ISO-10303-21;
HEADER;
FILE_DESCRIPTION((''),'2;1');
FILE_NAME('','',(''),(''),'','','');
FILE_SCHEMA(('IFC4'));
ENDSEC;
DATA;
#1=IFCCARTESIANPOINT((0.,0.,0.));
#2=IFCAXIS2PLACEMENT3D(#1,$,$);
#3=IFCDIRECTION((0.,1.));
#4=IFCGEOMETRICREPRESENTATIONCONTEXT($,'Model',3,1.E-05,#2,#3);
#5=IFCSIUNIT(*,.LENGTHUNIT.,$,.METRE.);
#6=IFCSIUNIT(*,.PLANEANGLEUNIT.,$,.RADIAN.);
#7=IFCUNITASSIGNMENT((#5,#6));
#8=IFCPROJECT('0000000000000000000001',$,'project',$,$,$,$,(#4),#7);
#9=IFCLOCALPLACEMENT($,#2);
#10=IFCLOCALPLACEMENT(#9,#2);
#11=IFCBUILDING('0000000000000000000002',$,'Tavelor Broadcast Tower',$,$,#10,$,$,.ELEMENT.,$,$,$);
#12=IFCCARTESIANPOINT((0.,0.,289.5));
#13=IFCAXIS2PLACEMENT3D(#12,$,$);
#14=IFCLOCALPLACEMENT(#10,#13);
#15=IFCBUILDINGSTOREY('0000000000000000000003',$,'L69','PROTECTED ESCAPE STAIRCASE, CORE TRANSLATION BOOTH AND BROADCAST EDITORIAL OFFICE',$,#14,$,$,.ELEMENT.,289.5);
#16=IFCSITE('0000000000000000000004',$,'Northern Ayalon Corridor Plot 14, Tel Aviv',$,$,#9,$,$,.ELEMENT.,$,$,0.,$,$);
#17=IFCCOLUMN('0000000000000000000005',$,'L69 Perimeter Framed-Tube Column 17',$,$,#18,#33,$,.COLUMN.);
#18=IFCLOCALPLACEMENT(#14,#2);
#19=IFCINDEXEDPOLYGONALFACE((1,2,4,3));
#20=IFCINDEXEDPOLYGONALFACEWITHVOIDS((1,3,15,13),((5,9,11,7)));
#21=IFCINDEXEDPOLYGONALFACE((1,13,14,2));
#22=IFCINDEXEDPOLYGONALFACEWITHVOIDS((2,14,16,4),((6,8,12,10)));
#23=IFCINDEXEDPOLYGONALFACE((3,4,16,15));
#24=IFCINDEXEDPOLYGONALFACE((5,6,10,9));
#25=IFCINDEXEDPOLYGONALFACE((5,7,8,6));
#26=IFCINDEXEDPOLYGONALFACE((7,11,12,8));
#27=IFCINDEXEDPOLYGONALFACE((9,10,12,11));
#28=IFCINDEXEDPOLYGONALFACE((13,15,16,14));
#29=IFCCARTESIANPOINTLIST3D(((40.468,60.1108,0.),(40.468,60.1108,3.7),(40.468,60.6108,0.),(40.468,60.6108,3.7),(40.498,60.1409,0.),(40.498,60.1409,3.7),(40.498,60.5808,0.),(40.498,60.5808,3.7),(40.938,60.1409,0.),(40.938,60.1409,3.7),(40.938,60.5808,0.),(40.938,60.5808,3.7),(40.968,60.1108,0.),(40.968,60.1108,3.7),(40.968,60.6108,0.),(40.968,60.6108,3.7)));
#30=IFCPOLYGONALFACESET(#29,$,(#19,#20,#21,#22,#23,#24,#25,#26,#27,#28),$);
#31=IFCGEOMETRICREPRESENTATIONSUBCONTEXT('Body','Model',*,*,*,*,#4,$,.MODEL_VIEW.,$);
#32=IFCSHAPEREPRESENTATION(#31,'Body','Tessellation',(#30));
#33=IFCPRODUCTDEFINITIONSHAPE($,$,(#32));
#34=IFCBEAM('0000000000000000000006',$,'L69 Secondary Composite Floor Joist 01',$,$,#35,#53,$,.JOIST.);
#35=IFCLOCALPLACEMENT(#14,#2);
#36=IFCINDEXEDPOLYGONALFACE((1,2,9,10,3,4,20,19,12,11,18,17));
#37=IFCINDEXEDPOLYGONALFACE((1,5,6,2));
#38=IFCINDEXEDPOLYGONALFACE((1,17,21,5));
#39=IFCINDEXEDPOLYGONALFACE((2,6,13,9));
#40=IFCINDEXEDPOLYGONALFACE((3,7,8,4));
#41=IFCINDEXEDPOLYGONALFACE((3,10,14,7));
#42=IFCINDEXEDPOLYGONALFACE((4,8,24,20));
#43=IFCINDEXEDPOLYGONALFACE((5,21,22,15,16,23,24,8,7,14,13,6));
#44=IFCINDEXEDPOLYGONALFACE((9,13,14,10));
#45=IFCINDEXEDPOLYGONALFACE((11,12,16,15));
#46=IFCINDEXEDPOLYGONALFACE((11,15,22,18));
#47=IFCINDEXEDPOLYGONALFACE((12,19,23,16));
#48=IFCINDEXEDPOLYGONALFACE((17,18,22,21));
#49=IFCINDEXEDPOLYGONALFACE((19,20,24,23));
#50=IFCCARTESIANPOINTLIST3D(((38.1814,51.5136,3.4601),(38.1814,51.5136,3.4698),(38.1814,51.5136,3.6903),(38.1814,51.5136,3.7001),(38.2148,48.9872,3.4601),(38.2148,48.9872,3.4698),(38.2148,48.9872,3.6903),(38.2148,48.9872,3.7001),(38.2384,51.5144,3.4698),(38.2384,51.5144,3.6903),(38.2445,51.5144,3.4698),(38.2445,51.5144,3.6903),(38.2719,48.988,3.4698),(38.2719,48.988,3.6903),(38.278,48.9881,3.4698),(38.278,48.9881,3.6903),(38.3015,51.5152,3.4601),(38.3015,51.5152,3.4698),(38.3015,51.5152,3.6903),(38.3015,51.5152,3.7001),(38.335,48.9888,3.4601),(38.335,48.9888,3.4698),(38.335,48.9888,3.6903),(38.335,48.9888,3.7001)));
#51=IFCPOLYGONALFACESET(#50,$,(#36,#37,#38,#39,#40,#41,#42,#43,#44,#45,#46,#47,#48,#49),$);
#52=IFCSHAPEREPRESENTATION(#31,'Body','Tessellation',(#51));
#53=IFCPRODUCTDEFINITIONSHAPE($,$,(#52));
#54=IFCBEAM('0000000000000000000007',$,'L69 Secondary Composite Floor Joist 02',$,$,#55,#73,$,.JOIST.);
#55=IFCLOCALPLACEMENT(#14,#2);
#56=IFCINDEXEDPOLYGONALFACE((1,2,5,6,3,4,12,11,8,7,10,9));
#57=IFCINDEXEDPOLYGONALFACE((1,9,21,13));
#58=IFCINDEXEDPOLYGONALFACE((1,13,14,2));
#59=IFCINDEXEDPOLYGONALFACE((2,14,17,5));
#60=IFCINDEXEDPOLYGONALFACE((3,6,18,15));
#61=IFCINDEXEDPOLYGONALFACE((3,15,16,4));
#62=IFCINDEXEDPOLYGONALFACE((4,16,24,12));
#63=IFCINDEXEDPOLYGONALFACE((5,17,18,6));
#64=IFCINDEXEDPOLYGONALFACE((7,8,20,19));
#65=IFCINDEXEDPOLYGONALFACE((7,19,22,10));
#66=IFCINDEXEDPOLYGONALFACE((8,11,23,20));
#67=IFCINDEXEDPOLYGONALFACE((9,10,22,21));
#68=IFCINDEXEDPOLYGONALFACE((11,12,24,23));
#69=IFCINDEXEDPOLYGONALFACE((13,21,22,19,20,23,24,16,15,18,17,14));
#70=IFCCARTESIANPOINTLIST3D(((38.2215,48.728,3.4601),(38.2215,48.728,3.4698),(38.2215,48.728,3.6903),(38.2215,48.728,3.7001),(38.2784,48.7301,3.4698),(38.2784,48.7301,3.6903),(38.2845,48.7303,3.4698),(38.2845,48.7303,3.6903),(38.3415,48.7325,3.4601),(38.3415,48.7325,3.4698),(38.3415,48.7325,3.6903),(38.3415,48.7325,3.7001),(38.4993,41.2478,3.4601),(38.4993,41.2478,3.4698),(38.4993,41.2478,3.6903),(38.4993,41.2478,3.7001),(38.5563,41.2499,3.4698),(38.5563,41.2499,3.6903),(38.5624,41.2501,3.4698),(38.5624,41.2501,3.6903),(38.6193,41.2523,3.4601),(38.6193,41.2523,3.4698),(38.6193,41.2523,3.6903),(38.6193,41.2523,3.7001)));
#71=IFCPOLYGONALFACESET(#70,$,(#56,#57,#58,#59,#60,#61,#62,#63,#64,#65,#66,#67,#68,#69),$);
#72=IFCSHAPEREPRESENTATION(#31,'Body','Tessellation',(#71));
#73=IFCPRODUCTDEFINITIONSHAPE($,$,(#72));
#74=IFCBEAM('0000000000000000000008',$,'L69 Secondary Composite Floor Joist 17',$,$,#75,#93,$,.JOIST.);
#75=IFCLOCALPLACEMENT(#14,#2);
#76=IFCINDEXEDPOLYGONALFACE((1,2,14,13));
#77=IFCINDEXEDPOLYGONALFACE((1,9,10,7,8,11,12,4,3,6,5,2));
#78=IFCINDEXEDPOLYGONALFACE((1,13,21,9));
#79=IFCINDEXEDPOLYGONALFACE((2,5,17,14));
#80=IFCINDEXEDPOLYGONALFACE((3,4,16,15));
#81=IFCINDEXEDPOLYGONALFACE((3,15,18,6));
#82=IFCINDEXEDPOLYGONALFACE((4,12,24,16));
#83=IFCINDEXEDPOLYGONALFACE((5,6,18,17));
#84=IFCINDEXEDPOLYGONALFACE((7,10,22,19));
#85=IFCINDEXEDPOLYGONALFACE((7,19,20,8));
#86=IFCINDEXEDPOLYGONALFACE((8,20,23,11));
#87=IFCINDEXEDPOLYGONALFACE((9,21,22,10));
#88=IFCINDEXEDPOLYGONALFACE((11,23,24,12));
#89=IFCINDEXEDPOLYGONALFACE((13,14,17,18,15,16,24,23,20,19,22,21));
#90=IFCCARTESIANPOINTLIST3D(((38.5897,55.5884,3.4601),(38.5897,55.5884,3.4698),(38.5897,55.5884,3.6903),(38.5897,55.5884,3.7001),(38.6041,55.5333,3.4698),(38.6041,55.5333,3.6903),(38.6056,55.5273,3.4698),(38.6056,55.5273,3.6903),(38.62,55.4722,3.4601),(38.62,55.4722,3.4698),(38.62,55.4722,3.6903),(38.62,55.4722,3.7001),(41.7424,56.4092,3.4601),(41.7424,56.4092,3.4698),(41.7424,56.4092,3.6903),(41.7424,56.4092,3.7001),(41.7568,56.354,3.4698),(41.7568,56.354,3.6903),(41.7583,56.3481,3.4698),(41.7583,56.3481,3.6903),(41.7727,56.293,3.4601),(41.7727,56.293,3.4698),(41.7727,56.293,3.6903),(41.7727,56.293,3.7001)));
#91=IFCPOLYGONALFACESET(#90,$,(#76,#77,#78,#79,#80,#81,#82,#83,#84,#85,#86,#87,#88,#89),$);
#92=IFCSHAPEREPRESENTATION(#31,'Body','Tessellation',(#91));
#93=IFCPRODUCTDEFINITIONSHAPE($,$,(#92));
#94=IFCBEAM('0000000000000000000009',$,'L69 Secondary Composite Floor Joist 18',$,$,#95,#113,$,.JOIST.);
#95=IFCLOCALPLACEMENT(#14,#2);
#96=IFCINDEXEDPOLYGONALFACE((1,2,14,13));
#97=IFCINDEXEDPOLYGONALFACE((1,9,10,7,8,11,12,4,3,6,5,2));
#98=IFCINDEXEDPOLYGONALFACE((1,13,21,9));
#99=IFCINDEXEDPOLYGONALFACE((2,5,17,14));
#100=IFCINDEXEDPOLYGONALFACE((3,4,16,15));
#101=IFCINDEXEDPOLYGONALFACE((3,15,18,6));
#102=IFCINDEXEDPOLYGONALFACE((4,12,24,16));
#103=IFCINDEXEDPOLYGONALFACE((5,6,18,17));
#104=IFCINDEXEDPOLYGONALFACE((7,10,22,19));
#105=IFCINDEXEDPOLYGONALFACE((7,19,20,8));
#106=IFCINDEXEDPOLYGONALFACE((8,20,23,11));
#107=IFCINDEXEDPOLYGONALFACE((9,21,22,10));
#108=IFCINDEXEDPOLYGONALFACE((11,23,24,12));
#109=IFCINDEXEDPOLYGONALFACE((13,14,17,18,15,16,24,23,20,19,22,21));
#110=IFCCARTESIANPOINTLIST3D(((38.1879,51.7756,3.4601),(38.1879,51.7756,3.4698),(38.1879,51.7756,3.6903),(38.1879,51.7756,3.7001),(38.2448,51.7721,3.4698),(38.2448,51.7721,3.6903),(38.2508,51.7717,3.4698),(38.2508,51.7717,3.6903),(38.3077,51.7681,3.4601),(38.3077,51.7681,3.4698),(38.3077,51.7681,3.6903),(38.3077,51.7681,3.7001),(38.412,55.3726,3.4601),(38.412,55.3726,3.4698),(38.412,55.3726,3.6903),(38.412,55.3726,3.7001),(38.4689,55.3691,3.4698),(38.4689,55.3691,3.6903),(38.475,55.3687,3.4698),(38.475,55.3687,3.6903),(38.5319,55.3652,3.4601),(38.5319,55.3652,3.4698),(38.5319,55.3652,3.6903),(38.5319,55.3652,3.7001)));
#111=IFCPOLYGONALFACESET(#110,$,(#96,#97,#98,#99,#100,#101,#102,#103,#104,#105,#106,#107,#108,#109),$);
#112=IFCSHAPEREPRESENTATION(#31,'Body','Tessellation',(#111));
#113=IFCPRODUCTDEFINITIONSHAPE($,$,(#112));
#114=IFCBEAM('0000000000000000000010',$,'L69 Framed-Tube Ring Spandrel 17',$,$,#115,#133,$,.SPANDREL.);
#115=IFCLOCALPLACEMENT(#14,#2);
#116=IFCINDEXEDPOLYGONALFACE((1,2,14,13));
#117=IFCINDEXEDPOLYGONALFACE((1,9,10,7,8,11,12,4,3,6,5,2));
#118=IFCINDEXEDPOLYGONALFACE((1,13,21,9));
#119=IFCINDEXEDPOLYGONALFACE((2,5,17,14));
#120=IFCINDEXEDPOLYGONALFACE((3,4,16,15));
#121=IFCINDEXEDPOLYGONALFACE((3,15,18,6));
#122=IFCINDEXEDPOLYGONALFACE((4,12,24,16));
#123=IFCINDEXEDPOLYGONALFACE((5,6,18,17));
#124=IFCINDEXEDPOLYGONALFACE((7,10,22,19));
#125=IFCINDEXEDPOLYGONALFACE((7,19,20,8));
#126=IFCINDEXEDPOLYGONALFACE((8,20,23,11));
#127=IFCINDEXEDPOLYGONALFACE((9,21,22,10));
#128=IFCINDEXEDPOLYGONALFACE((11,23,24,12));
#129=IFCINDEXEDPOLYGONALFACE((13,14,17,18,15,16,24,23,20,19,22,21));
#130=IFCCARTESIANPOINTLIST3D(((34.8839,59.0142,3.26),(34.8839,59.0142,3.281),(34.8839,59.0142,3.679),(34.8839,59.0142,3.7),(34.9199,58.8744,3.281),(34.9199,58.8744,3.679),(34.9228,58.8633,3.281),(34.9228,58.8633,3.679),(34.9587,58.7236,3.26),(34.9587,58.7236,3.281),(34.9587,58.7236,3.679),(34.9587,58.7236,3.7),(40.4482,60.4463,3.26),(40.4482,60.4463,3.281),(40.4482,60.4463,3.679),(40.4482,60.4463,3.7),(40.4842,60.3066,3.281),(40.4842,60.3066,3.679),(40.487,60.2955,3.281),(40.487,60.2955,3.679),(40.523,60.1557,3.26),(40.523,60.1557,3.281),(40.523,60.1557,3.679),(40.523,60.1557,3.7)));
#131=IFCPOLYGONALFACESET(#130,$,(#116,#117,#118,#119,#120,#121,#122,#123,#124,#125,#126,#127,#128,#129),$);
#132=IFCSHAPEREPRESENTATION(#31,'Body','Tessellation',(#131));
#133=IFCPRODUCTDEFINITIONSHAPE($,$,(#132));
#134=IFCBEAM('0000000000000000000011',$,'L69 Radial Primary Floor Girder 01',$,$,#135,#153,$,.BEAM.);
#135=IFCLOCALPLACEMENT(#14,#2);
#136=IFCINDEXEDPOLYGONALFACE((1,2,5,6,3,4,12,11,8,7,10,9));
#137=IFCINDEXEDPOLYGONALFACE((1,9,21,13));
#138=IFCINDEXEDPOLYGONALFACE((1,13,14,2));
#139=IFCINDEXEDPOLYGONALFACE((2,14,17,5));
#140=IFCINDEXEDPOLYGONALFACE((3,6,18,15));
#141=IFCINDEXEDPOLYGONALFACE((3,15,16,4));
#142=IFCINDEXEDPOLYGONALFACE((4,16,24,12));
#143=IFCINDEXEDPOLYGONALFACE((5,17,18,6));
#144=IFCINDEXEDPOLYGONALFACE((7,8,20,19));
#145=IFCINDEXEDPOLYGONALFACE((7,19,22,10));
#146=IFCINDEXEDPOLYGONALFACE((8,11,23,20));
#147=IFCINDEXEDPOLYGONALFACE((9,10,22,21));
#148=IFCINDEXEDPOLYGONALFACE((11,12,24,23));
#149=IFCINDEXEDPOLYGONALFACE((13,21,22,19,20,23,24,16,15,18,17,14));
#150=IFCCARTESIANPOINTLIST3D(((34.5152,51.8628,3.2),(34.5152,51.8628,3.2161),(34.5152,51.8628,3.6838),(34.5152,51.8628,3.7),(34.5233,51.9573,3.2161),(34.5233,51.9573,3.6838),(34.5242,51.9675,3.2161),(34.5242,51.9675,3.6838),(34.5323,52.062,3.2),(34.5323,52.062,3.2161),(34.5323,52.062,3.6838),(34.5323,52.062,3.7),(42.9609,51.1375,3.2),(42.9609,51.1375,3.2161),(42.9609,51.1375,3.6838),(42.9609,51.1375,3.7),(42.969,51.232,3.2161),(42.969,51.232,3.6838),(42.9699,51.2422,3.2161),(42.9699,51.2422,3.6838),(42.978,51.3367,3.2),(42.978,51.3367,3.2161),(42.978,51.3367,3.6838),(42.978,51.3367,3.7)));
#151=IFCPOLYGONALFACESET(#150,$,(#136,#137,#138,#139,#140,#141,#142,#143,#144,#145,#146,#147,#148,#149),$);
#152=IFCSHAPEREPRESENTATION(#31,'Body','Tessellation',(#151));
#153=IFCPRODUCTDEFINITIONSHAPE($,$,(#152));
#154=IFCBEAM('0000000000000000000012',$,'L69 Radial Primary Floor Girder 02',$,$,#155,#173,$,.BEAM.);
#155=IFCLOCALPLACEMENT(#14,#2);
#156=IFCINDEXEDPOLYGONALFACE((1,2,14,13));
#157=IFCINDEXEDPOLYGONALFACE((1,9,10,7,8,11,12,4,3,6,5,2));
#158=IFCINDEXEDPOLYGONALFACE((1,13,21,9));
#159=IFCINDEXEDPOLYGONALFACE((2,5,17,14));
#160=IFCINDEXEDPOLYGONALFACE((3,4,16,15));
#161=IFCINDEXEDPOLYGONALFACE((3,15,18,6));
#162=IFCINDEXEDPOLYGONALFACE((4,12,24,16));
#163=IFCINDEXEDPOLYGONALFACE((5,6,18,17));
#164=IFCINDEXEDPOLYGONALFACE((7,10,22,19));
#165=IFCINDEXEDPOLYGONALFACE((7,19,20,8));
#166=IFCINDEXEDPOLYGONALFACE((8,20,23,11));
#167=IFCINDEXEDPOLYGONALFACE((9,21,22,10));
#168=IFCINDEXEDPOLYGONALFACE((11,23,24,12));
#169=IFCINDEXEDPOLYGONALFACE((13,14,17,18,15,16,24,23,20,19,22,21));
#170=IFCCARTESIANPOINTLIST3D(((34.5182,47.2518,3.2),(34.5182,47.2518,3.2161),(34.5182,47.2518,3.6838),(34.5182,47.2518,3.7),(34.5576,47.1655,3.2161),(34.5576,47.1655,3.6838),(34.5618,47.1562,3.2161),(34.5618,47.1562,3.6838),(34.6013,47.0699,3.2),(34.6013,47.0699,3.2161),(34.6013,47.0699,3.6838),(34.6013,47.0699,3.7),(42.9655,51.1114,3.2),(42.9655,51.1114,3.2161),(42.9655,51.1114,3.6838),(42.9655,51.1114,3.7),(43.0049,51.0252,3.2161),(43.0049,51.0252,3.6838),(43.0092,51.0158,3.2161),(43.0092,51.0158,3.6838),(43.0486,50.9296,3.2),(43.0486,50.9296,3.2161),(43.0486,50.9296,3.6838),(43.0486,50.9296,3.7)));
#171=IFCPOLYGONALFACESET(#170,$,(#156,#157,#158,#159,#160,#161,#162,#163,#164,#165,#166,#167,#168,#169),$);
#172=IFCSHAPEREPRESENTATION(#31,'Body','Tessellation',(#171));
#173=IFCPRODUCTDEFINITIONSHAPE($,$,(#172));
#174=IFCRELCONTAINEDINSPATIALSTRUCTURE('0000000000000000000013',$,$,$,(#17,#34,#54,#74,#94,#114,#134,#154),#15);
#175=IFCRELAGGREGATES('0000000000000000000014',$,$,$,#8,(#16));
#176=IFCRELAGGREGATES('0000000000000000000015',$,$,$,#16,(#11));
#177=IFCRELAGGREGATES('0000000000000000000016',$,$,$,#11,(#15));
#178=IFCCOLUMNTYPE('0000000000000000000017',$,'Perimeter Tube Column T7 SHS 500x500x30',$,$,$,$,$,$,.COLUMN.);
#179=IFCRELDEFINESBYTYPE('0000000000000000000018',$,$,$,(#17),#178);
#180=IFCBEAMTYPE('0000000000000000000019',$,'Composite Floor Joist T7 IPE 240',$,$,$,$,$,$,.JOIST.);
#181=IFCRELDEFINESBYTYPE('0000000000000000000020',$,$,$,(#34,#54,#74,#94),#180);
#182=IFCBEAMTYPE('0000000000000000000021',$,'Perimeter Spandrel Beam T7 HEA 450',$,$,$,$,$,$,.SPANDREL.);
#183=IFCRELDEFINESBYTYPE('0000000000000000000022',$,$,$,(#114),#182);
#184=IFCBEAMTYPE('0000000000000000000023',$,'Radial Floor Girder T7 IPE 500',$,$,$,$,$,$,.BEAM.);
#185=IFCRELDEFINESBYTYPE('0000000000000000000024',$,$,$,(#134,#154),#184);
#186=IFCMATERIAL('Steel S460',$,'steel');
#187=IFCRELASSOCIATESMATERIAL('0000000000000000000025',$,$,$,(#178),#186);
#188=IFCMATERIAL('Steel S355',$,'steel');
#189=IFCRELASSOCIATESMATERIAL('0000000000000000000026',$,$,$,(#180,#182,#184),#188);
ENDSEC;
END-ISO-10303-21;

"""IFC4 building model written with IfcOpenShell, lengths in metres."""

from ifc_helpers import new_model, si_unit, direction, frame, origin, origin_2d, place, context, subcontext, project, spatial, hollow_rectangle, i_section, extrude, material, material_profile, profile_set, type_object, element, save


model = new_model("IFC4")

# Units and contexts
model_context = context("Model", 3, precision=1e-05, world=origin(), true_north=direction((0.0, 1.0)))
body_context = subcontext(model_context, "Body", "Model", "MODEL_VIEW")
ifc_project = project(units=[si_unit("LENGTHUNIT", "METRE"), si_unit("PLANEANGLEUNIT", "RADIAN")], contexts=[model_context])

# Site, building, storey
site_placement = place(None, origin())
site = spatial("IfcSite", under=ifc_project, at=site_placement, Name="Northern Ayalon Corridor Plot 14, Tel Aviv", CompositionType="ELEMENT", RefElevation=0.0)
building_placement = place(site_placement, origin())
building = spatial("IfcBuilding", under=site, at=building_placement, Name="Tavelor Broadcast Tower", CompositionType="ELEMENT")
storey_placement = place(building_placement, frame((0.0, 0.0, 289.5)))
storey = spatial("IfcBuildingStorey", under=building, at=storey_placement, Name="L69", Description="PROTECTED ESCAPE STAIRCASE, CORE TRANSLATION BOOTH AND BROADCAST EDITORIAL OFFICE", CompositionType="ELEMENT", Elevation=289.5)

# Column
ifc_material_1 = material(Name="Steel S460", Category="steel")
ifc_material_profile_1 = material_profile(ifc_material_1, hollow_rectangle(XDim=0.5, YDim=0.5, WallThickness=0.03, at=origin_2d()), Name="SHS 500x500x30")
ifc_profile_set_1 = profile_set([ifc_material_profile_1], Name="Steel S460")
column_type = type_object("IfcColumnType", Name="Perimeter Tube Column T7 SHS 500x500x30", PredefinedType="COLUMN", material=ifc_profile_set_1)
column_placement = place(storey_placement, frame((40.718, 60.3608, 0.0), z_axis=(0.0, 0.0, 1.0), x_axis=(1.0, 0.0, 0.0)))
element("IfcColumn", 1, at=column_placement, inside=storey, type_object=column_type, Name="L69 Perimeter Framed-Tube Column 17", PredefinedType="COLUMN", context=body_context, shape_type="SweptSolid", body=[
    extrude(hollow_rectangle(XDim=0.5, YDim=0.5, WallThickness=0.03, at=origin_2d()), origin(), (0.0, 0.0, 1.0), 3.7),
])

# Beams
ifc_material_2 = material(Name="Steel S355", Category="steel")
ifc_material_profile_2 = material_profile(ifc_material_2, i_section(OverallWidth=0.1201, OverallDepth=0.24, WebThickness=0.0061, FlangeThickness=0.0098, at=origin_2d()), Name="IPE 240")
ifc_profile_set_2 = profile_set([ifc_material_profile_2], Name="Steel S355")
beam_type_1 = type_object("IfcBeamType", Name="Composite Floor Joist T7 IPE 240", PredefinedType="JOIST", material=ifc_profile_set_2)
beam_1_placement = place(storey_placement, frame((38.2415, 51.5144, 3.5801), z_axis=(0.013238, -0.999912, 0.0), x_axis=(0.999912, 0.013238, 0.0)))
element("IfcBeam", 2, at=beam_1_placement, inside=storey, type_object=beam_type_1, Name="L69 Secondary Composite Floor Joist 01", PredefinedType="JOIST", context=body_context, shape_type="SweptSolid", body=[
    extrude(i_section(OverallWidth=0.1201, OverallDepth=0.24, WebThickness=0.0061, FlangeThickness=0.0098, at=origin_2d()), origin(), (0.0, 0.0, 1.0), 2.5266),
])
beam_2_placement = place(storey_placement, frame((38.2815, 48.7302, 3.5801), z_axis=(0.037117, -0.999311, 0.0), x_axis=(0.999311, 0.037117, 0.0)))
element("IfcBeam", 3, at=beam_2_placement, inside=storey, type_object=beam_type_1, Name="L69 Secondary Composite Floor Joist 02", PredefinedType="JOIST", context=body_context, shape_type="SweptSolid", body=[
    extrude(i_section(OverallWidth=0.1201, OverallDepth=0.24, WebThickness=0.0061, FlangeThickness=0.0098, at=origin_2d()), origin(), (0.0, 0.0, 1.0), 7.4854),
])
beam_3_placement = place(storey_placement, frame((41.7576, 56.3511, 3.5801), z_axis=(-0.967743, -0.25194, 0.0), x_axis=(0.25194, -0.967743, 0.0)))
element("IfcBeam", 4, at=beam_3_placement, inside=storey, type_object=beam_type_1, Name="L69 Secondary Composite Floor Joist 17", PredefinedType="JOIST", context=body_context, shape_type="SweptSolid", body=[
    extrude(i_section(OverallWidth=0.1201, OverallDepth=0.24, WebThickness=0.0061, FlangeThickness=0.0098, at=origin_2d()), origin(), (0.0, 0.0, 1.0), 3.2578),
])
beam_4_placement = place(storey_placement, frame((38.4719, 55.3689, 3.5801), z_axis=(-0.062188, -0.998064, 0.0), x_axis=(0.998064, -0.062188, 0.0)))
element("IfcBeam", 5, at=beam_4_placement, inside=storey, type_object=beam_type_1, Name="L69 Secondary Composite Floor Joist 18", PredefinedType="JOIST", context=body_context, shape_type="SweptSolid", body=[
    extrude(i_section(OverallWidth=0.1201, OverallDepth=0.24, WebThickness=0.0061, FlangeThickness=0.0098, at=origin_2d()), origin(), (0.0, 0.0, 1.0), 3.604),
])
ifc_material_profile_3 = material_profile(ifc_material_2, i_section(OverallWidth=0.3, OverallDepth=0.4399, WebThickness=0.0115, FlangeThickness=0.021, at=origin_2d()), Name="HEA 450")
ifc_profile_set_3 = profile_set([ifc_material_profile_3], Name="Steel S355")
beam_type_2 = type_object("IfcBeamType", Name="Perimeter Spandrel Beam T7 HEA 450", PredefinedType="SPANDREL", material=ifc_profile_set_3)
beam_5_placement = place(storey_placement, frame((40.4856, 60.301, 3.48), z_axis=(-0.968437, -0.249259, 0.0), x_axis=(0.249259, -0.968437, 0.0)))
element("IfcBeam", 6, at=beam_5_placement, inside=storey, type_object=beam_type_2, Name="L69 Framed-Tube Ring Spandrel 17", PredefinedType="SPANDREL", context=body_context, shape_type="SweptSolid", body=[
    extrude(i_section(OverallWidth=0.3, OverallDepth=0.4399, WebThickness=0.0115, FlangeThickness=0.021, at=origin_2d()), origin(), (0.0, 0.0, 1.0), 5.7456),
])
ifc_material_profile_4 = material_profile(ifc_material_2, i_section(OverallWidth=0.2, OverallDepth=0.5, WebThickness=0.0103, FlangeThickness=0.0161, at=origin_2d()), Name="IPE 500")
ifc_profile_set_4 = profile_set([ifc_material_profile_4], Name="Steel S355")
beam_type_3 = type_object("IfcBeamType", Name="Radial Floor Girder T7 IPE 500", PredefinedType="BEAM", material=ifc_profile_set_4)
beam_6_placement = place(storey_placement, frame((42.9695, 51.2371, 3.45), z_axis=(-0.996332, 0.085567, 0.0), x_axis=(-0.085567, -0.996332, 0.0)))
element("IfcBeam", 7, at=beam_6_placement, inside=storey, type_object=beam_type_3, Name="L69 Radial Primary Floor Girder 01", PredefinedType="BEAM", context=body_context, shape_type="SweptSolid", body=[
    extrude(i_section(OverallWidth=0.2, OverallDepth=0.5, WebThickness=0.0103, FlangeThickness=0.0161, at=origin_2d()), origin(), (0.0, 0.0, 1.0), 8.4768),
])
beam_7_placement = place(storey_placement, frame((43.0071, 51.0205, 3.45), z_axis=(-0.909555, -0.415583, 0.0), x_axis=(0.415583, -0.909555, 0.0)))
element("IfcBeam", 8, at=beam_7_placement, inside=storey, type_object=beam_type_3, Name="L69 Radial Primary Floor Girder 02", PredefinedType="BEAM", context=body_context, shape_type="SweptSolid", body=[
    extrude(i_section(OverallWidth=0.2, OverallDepth=0.5, WebThickness=0.0103, FlangeThickness=0.0161, at=origin_2d()), origin(), (0.0, 0.0, 1.0), 9.2874),
])

save(model, "model.ifc")
